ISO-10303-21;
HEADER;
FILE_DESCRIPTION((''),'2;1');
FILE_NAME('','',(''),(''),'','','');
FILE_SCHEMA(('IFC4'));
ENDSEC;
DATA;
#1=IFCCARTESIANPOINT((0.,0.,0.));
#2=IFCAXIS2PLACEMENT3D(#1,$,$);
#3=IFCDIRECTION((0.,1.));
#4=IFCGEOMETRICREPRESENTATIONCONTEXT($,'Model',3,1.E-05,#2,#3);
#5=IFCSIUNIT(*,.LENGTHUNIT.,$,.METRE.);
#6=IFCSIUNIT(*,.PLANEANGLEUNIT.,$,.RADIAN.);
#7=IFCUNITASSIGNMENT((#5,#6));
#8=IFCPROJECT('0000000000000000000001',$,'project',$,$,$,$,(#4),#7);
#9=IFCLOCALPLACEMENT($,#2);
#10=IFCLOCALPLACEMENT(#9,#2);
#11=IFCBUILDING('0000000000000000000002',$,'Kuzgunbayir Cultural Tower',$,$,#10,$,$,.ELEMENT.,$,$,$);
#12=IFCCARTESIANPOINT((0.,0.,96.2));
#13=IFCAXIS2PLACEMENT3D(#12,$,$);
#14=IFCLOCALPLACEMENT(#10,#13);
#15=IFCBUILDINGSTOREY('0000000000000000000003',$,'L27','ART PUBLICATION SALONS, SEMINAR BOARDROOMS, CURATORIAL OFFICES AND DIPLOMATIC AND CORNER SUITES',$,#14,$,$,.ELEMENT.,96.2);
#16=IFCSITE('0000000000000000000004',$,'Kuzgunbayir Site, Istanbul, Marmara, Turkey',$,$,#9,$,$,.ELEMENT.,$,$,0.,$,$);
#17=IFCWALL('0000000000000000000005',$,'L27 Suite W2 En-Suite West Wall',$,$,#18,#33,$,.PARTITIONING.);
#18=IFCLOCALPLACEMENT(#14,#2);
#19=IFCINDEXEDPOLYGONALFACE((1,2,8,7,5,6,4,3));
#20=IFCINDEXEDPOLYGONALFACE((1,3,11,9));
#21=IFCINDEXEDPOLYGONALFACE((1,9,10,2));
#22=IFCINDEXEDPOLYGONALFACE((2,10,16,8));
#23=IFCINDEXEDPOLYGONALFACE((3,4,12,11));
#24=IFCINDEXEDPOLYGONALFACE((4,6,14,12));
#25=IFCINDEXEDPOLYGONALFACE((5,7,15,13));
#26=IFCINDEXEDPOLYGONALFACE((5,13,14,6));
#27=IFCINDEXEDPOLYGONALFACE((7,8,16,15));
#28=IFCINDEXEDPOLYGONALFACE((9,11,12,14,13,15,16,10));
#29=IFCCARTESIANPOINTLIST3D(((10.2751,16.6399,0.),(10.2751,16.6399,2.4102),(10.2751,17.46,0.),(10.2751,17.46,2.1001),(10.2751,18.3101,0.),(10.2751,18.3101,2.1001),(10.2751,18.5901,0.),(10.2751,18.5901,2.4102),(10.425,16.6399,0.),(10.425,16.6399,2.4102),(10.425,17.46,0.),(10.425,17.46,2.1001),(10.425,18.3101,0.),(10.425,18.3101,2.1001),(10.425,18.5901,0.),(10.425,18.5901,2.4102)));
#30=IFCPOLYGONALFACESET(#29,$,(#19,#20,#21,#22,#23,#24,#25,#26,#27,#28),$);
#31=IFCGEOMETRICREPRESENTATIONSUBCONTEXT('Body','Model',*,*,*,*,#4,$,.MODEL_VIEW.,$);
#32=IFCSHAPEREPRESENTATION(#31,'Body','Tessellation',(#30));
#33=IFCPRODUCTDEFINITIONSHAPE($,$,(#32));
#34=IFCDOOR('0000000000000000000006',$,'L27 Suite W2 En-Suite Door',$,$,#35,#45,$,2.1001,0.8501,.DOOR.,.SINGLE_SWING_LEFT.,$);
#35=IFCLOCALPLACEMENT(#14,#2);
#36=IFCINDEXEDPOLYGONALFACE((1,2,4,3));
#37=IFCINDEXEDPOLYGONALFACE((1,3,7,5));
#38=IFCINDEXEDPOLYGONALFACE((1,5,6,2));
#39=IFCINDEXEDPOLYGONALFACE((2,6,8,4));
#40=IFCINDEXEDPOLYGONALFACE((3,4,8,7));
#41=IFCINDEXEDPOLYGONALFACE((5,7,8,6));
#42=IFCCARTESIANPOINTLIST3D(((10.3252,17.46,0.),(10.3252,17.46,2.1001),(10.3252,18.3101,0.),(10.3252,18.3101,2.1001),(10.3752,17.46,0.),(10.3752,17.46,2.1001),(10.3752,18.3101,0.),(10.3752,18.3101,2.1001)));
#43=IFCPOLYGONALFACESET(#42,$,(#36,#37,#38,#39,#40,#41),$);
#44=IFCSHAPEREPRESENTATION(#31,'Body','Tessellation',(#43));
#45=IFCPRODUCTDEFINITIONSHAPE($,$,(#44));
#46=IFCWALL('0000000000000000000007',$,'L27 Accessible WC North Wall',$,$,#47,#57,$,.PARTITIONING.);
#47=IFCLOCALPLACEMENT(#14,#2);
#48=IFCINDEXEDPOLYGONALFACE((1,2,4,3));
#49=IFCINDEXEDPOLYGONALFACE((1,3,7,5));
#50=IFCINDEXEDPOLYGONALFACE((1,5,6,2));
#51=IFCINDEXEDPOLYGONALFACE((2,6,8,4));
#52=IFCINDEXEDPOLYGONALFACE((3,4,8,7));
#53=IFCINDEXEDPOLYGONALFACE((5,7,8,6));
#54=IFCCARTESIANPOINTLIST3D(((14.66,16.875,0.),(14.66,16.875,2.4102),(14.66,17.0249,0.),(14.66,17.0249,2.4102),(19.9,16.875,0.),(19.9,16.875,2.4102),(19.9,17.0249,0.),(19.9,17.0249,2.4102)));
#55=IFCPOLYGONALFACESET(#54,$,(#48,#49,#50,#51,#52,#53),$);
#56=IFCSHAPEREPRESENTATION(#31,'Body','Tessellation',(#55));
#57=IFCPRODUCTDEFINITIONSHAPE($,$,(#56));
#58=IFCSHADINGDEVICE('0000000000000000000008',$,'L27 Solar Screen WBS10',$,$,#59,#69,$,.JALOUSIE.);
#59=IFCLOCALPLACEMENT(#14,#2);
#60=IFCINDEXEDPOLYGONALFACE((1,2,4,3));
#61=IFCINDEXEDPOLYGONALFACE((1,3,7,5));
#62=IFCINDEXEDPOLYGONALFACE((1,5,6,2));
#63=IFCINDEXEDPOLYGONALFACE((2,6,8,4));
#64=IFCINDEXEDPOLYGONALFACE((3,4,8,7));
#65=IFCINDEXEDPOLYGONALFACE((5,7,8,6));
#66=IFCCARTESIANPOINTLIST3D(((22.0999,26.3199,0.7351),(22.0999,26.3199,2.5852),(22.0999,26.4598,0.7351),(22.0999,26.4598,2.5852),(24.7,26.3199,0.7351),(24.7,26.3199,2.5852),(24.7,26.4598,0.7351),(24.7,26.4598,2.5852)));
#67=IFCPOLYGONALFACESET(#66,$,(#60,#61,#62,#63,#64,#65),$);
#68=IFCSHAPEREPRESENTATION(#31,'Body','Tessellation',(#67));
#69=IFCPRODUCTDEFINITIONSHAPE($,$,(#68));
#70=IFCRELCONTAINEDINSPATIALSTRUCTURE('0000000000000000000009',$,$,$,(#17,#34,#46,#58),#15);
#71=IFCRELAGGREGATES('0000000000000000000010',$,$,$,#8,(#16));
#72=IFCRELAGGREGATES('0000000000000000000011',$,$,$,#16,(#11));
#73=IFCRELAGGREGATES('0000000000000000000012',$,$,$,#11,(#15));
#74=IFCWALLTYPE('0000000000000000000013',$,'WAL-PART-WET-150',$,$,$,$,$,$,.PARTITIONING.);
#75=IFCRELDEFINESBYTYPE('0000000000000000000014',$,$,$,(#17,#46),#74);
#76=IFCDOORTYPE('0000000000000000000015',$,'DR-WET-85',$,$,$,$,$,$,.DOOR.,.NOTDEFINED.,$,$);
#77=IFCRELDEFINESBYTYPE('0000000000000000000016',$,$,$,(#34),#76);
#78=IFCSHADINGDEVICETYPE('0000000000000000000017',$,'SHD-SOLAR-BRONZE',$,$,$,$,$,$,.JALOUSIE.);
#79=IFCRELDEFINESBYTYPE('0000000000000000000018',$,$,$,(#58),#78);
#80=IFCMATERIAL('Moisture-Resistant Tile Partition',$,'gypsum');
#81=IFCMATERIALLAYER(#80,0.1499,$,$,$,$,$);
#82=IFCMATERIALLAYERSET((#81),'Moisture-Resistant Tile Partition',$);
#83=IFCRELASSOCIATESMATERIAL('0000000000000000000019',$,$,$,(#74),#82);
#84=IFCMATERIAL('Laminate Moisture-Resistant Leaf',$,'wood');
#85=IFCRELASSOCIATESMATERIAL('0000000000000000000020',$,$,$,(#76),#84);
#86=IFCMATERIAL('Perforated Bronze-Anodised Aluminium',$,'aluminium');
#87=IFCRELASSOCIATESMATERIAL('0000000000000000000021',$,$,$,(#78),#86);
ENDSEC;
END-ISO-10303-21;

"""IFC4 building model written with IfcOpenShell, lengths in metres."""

from ifc_helpers import new_model, si_unit, direction, frame, frame_2d, origin, origin_2d, place, context, subcontext, project, spatial, rectangle, extrude, material, layer, layer_set, type_object, element, fill, save


model = new_model("IFC4")

# Units and contexts
model_context = context("Model", 3, precision=1e-05, world=origin(), true_north=direction((0.0, 1.0)))
body_context = subcontext(model_context, "Body", "Model", "MODEL_VIEW")
ifc_project = project(units=[si_unit("LENGTHUNIT", "METRE"), si_unit("PLANEANGLEUNIT", "RADIAN")], contexts=[model_context])

# Site, building, storey
site_placement = place(None, origin())
site = spatial("IfcSite", under=ifc_project, at=site_placement, Name="Kuzgunbayir Site, Istanbul, Marmara, Turkey", CompositionType="ELEMENT", RefElevation=0.0)
building_placement = place(site_placement, origin())
building = spatial("IfcBuilding", under=site, at=building_placement, Name="Kuzgunbayir Cultural Tower", CompositionType="ELEMENT")
storey_placement = place(building_placement, frame((0.0, 0.0, 96.2)))
storey = spatial("IfcBuildingStorey", under=building, at=storey_placement, Name="L27", Description="ART PUBLICATION SALONS, SEMINAR BOARDROOMS, CURATORIAL OFFICES AND DIPLOMATIC AND CORNER SUITES", CompositionType="ELEMENT", Elevation=96.2)

# Shared definitions
ifc_material_1 = material(Name="Moisture-Resistant Tile Partition", Category="gypsum")
ifc_layer_1 = layer(ifc_material_1, 0.1499)
ifc_layer_set_1 = layer_set([ifc_layer_1], Name="Moisture-Resistant Tile Partition")
wall_type_1 = type_object("IfcWallType", Name="WAL-PART-WET-150", PredefinedType="PARTITIONING", material=ifc_layer_set_1)

# Wall, opening, door
wall_1_placement = place(storey_placement, frame((10.3501, 16.6399, 0.0), z_axis=(0.0, 0.0, 1.0), x_axis=(0.0, 1.0, 0.0)))
wall_1 = element("IfcWall", 1, at=wall_1_placement, inside=storey, type_object=wall_type_1, Name="L27 Suite W2 En-Suite West Wall", PredefinedType="PARTITIONING", context=body_context, shape_type="SweptSolid", body=[
    extrude(rectangle(XDim=1.9502, YDim=0.1499, at=frame_2d((0.9751, 0.0))), origin(), (0.0, 0.0, 1.0), 2.4102),
])
opening_1_placement = place(wall_1_placement, frame((0.8201, 0.0, 0.0)))
opening_1 = element("IfcOpeningElement", 2, at=opening_1_placement, cuts=wall_1, PredefinedType="OPENING", context=body_context, shape_type="SweptSolid", body=[
    extrude(rectangle(XDim=0.8501, YDim=2.1001, at=frame_2d((0.425, 1.05))), frame((0.0, 0.085, 0.0), z_axis=(0.0, -1.0, 0.0), x_axis=(1.0, 0.0, 0.0)), (0.0, 0.0, 1.0), 0.1699),
])
ifc_material_2 = material(Name="Laminate Moisture-Resistant Leaf", Category="wood")
door_type_1 = type_object("IfcDoorType", Name="DR-WET-85", OperationType="NOTDEFINED", PredefinedType="DOOR", material=ifc_material_2)
door_1_placement = place(opening_1_placement, origin())
door_1 = element("IfcDoor", 3, at=door_1_placement, inside=storey, type_object=door_type_1, Name="L27 Suite W2 En-Suite Door", OperationType="SINGLE_SWING_LEFT", OverallHeight=2.1001, OverallWidth=0.8501, PredefinedType="DOOR", context=body_context, shape_type="SweptSolid", body=[
    extrude(rectangle(XDim=0.8501, YDim=2.1001, at=frame_2d((0.425, 1.05))), frame((0.0, 0.0249, 0.0), z_axis=(0.0, -1.0, 0.0), x_axis=(1.0, 0.0, 0.0)), (0.0, 0.0, 1.0), 0.05),
])
fill(opening_1, door_1)

# Wall
wall_2_placement = place(storey_placement, frame((14.6599, 16.95, 0.0), z_axis=(0.0, 0.0, 1.0), x_axis=(1.0, 0.0, 0.0)))
element("IfcWall", 4, at=wall_2_placement, inside=storey, type_object=wall_type_1, Name="L27 Accessible WC North Wall", PredefinedType="PARTITIONING", context=body_context, shape_type="SweptSolid", body=[
    extrude(rectangle(XDim=5.24, YDim=0.1499, at=frame_2d((2.6201, 0.0))), origin(), (0.0, 0.0, 1.0), 2.4102),
])

# Shading device
ifc_material_3 = material(Name="Perforated Bronze-Anodised Aluminium", Category="aluminium")
shading_device_type = type_object("IfcShadingDeviceType", Name="SHD-SOLAR-BRONZE", PredefinedType="JALOUSIE", material=ifc_material_3)
shading_device_placement = place(storey_placement, frame((23.3999, 26.3899, 0.7351), z_axis=(0.0, 0.0, 1.0), x_axis=(1.0, 0.0, 0.0)))
element("IfcShadingDevice", 5, at=shading_device_placement, inside=storey, type_object=shading_device_type, Name="L27 Solar Screen WBS10", PredefinedType="JALOUSIE", context=body_context, shape_type="SweptSolid", body=[
    extrude(rectangle(XDim=2.6001, YDim=0.1399, at=origin_2d()), origin(), (0.0, 0.0, 1.0), 1.8501),
])

save(model, "model.ifc")
